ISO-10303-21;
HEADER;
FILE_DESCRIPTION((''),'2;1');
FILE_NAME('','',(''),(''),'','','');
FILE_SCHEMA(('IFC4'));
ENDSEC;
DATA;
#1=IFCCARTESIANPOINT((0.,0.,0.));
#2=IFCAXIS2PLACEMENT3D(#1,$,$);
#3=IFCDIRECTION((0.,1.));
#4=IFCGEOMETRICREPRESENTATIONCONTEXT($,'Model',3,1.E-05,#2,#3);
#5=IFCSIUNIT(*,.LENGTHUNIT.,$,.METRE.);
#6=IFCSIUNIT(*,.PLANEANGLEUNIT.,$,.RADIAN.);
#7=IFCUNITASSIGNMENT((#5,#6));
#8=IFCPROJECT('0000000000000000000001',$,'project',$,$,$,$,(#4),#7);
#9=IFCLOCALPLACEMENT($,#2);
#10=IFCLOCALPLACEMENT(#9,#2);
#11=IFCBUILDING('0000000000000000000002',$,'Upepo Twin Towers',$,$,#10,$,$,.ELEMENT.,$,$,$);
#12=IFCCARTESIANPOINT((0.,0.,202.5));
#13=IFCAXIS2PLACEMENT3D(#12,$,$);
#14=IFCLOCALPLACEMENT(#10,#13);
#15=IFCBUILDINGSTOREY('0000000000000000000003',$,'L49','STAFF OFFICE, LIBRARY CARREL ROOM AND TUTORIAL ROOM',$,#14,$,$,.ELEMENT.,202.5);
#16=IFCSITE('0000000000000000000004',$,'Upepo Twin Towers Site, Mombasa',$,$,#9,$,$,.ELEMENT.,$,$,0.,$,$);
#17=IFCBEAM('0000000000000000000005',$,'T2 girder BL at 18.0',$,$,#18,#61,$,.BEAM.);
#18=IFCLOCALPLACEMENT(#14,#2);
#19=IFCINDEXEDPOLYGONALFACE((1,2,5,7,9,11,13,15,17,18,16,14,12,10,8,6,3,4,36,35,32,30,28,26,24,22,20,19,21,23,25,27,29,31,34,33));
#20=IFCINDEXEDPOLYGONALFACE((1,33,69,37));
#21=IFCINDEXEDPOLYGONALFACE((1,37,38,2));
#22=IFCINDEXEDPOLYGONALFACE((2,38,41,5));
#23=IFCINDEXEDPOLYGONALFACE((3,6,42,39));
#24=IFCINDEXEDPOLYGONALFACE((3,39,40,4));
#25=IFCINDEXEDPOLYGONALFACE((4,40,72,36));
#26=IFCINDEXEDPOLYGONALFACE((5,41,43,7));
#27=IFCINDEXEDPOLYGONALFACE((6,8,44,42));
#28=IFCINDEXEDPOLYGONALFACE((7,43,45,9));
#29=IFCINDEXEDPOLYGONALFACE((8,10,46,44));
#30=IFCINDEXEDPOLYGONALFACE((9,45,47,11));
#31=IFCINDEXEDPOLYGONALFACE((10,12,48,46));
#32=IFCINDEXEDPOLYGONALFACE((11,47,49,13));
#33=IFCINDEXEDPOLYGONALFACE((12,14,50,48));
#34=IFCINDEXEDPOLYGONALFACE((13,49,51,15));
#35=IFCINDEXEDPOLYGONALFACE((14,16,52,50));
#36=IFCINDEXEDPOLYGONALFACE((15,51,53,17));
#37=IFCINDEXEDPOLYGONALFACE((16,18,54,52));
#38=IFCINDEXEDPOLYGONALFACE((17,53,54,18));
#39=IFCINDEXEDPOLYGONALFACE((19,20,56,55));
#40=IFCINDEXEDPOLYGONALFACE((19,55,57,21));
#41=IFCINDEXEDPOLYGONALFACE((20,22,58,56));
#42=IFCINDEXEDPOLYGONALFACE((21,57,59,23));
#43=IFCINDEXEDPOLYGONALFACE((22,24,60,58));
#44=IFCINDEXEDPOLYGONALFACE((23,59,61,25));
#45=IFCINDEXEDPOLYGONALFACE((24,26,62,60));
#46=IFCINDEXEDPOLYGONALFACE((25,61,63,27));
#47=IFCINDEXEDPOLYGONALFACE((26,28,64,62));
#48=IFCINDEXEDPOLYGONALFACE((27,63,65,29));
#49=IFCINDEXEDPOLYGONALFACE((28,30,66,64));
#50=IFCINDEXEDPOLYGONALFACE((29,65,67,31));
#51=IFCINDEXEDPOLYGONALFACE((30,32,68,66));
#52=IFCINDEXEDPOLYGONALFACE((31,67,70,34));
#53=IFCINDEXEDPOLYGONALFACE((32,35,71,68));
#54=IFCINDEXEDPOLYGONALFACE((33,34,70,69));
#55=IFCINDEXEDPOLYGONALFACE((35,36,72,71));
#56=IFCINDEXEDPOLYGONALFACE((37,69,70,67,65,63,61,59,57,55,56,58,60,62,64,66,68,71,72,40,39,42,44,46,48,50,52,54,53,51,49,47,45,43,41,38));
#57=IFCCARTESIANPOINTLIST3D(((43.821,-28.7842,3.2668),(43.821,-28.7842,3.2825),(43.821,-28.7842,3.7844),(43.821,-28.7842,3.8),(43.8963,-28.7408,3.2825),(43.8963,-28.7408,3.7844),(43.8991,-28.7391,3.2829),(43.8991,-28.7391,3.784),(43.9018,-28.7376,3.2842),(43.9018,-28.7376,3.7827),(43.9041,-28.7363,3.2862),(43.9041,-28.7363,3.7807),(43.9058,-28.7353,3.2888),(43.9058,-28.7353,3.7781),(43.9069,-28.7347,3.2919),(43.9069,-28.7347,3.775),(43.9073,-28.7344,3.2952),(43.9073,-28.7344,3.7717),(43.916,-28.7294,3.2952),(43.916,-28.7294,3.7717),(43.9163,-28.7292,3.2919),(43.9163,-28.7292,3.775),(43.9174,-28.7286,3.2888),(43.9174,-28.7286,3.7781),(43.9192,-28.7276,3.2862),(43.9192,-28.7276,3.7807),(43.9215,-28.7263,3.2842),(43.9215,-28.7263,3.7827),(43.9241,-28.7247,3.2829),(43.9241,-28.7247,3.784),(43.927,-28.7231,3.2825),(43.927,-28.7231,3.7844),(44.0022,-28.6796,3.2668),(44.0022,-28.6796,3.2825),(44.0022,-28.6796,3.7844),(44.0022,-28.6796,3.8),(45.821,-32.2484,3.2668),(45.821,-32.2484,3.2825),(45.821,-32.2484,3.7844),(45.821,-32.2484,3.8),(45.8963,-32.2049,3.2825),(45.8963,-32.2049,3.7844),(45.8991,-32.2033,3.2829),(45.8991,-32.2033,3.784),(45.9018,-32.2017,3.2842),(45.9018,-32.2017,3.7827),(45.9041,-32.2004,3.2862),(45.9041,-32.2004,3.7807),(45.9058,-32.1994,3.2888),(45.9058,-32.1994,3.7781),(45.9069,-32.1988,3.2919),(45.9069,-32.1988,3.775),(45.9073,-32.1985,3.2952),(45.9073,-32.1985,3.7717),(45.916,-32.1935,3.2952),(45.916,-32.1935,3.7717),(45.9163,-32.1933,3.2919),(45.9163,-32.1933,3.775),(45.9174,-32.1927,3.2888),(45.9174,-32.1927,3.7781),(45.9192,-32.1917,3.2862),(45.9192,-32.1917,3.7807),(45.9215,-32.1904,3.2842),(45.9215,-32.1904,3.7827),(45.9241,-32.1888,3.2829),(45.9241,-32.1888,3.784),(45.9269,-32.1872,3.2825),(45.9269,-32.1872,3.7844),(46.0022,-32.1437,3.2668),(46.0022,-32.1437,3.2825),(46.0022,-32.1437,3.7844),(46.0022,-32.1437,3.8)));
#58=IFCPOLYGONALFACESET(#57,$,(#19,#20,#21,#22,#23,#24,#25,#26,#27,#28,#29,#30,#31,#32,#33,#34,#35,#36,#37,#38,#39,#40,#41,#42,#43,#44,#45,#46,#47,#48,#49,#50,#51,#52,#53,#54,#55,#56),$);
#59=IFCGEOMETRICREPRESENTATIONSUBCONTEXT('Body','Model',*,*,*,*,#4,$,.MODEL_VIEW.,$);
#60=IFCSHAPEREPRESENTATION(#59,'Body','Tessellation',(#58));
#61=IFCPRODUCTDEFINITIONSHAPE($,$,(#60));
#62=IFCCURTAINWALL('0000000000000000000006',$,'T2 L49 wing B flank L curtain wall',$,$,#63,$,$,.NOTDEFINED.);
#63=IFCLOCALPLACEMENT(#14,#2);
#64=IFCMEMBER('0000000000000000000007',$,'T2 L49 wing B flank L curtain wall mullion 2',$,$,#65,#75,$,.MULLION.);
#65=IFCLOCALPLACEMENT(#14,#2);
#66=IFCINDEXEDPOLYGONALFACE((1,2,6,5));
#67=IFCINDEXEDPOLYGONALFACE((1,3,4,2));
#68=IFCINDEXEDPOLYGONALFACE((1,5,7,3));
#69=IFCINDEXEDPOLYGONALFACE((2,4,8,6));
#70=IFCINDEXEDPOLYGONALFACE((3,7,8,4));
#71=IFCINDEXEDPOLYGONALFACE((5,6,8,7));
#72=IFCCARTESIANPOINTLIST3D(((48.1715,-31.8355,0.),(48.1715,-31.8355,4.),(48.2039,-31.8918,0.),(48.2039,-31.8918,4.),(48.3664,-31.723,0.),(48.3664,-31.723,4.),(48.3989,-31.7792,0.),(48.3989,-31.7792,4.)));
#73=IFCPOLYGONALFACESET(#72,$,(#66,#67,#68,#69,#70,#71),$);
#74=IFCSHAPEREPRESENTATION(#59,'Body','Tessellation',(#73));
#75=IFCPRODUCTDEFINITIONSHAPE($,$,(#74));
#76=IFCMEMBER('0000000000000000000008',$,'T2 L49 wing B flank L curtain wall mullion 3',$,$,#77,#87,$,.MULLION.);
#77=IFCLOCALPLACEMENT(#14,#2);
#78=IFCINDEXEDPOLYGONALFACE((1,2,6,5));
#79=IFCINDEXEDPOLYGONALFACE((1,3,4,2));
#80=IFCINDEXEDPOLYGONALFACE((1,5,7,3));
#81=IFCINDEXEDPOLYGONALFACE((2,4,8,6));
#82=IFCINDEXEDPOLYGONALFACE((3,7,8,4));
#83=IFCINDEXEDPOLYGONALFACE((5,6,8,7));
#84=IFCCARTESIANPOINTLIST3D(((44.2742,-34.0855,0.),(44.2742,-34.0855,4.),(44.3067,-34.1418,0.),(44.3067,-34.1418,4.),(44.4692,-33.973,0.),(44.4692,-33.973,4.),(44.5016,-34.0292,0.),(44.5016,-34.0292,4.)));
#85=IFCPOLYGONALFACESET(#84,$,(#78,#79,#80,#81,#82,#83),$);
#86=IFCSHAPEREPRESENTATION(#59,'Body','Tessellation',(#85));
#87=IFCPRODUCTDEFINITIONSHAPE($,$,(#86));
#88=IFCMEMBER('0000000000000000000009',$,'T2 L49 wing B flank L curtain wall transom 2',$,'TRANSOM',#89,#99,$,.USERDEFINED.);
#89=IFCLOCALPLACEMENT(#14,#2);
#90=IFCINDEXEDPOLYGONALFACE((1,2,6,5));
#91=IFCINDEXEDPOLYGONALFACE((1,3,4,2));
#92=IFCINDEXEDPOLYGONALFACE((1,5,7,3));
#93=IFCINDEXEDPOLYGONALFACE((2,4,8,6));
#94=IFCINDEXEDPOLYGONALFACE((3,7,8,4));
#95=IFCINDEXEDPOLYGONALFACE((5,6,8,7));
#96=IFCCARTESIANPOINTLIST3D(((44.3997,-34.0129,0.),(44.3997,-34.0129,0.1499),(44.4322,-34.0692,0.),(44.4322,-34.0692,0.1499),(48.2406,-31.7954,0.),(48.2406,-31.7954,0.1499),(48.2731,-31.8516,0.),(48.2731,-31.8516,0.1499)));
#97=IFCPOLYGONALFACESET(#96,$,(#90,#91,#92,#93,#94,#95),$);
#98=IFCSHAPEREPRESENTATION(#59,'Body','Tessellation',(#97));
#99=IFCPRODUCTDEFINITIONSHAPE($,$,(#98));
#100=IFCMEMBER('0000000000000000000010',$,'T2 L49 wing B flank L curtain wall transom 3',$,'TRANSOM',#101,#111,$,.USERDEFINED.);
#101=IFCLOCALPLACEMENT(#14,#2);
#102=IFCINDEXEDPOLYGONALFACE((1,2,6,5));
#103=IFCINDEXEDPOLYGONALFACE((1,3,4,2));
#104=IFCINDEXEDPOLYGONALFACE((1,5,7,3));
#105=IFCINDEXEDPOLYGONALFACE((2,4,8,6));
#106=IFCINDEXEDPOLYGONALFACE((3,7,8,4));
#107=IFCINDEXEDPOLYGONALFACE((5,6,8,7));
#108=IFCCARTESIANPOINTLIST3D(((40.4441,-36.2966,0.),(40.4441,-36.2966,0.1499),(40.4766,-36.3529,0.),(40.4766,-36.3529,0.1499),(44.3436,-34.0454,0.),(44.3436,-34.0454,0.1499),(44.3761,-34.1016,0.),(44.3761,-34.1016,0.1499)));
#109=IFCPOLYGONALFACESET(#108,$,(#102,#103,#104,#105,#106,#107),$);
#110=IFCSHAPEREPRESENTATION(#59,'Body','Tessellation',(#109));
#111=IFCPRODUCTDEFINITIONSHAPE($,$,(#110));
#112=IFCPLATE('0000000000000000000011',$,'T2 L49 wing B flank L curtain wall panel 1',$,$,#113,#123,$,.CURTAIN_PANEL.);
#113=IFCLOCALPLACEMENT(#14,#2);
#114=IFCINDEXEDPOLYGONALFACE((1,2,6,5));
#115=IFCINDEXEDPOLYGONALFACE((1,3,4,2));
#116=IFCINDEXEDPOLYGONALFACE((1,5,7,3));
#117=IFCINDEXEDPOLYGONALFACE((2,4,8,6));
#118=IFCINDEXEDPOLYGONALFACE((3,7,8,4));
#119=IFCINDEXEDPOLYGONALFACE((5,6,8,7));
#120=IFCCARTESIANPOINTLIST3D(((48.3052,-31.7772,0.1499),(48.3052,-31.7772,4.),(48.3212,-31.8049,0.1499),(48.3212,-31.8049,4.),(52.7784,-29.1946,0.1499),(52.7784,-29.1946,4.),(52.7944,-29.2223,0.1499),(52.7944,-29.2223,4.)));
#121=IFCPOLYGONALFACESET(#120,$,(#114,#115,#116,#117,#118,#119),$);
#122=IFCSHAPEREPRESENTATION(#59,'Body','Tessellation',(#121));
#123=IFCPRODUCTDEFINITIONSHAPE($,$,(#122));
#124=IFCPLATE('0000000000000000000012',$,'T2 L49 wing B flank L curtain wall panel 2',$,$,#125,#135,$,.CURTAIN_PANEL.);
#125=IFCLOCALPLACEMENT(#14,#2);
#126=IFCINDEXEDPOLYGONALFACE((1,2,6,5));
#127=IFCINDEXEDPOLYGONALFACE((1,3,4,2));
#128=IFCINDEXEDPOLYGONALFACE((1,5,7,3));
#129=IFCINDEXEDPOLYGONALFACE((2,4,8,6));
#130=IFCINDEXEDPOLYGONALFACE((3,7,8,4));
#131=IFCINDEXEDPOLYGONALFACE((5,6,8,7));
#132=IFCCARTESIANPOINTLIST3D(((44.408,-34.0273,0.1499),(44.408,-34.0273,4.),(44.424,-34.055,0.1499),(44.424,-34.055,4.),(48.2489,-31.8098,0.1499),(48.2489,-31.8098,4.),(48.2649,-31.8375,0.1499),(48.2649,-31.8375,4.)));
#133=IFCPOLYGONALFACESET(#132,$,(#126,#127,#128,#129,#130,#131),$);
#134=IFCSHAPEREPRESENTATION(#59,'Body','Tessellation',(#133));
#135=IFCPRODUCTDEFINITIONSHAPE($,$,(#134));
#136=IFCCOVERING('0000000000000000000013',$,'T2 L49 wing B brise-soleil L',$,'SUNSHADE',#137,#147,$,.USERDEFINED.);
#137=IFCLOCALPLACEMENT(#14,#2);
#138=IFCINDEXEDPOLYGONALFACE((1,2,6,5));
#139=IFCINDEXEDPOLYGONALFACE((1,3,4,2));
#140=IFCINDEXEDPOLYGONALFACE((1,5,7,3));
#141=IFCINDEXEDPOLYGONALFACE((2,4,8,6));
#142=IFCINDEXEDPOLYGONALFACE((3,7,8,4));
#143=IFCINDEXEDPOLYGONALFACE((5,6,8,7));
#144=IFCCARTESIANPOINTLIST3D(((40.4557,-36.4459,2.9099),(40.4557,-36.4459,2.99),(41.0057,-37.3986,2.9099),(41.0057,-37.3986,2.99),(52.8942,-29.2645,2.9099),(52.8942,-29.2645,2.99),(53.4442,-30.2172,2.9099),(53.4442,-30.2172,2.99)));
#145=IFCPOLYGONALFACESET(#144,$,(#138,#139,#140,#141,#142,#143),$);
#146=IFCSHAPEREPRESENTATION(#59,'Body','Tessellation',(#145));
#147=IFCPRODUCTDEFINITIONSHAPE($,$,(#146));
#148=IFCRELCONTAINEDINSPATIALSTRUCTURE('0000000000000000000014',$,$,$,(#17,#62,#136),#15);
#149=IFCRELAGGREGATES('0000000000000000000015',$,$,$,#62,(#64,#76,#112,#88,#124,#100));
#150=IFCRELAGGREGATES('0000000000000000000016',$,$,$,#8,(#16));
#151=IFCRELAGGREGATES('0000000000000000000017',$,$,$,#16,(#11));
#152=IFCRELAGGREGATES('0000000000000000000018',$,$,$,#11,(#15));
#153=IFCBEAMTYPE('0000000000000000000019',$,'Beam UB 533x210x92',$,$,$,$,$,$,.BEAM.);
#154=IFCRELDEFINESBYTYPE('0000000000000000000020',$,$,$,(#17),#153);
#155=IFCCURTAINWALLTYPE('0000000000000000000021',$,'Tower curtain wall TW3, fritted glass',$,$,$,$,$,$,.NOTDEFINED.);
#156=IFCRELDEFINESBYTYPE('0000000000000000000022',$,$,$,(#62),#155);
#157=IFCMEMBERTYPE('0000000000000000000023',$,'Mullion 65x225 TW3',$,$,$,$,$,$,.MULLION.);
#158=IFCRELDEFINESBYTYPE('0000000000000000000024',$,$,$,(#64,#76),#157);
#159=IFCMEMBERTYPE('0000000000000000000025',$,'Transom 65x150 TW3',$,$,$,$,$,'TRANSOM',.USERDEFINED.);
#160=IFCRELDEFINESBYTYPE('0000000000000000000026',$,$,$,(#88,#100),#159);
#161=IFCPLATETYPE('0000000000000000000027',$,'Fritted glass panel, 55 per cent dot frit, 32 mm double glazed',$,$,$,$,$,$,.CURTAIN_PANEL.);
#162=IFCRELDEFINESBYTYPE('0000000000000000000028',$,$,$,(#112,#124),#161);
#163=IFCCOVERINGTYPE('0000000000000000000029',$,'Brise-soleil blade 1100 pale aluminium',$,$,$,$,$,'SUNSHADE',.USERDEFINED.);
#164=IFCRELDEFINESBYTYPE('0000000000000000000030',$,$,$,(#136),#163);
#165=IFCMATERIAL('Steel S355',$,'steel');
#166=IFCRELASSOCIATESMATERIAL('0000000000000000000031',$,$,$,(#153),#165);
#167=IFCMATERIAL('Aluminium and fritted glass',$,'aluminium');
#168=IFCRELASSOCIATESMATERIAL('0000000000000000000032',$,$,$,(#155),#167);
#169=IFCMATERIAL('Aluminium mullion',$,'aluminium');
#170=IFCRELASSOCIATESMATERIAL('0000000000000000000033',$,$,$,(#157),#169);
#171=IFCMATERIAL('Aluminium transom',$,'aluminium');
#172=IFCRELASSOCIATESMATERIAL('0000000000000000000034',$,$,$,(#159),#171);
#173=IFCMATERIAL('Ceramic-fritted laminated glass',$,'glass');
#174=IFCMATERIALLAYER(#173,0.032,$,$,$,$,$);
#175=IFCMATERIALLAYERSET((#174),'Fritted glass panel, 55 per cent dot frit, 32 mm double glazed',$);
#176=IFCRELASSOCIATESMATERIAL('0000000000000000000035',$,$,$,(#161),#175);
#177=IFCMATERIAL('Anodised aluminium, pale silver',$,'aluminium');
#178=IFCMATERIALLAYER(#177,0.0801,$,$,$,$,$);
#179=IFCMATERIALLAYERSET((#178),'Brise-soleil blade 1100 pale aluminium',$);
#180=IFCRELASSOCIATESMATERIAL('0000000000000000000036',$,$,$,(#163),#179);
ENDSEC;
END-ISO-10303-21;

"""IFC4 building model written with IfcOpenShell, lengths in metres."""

from ifc_helpers import new_model, si_unit, direction, frame, origin, origin_2d, place, context, subcontext, project, spatial, rectangle, i_section, extrude, material, layer, layer_set, material_profile, profile_set, type_object, element, aggregate, save


model = new_model("IFC4")

# Units and contexts
model_context = context("Model", 3, precision=1e-05, world=origin(), true_north=direction((0.0, 1.0)))
body_context = subcontext(model_context, "Body", "Model", "MODEL_VIEW")
ifc_project = project(units=[si_unit("LENGTHUNIT", "METRE"), si_unit("PLANEANGLEUNIT", "RADIAN")], contexts=[model_context])

# Site, building, storey
site_placement = place(None, origin())
site = spatial("IfcSite", under=ifc_project, at=site_placement, Name="Upepo Twin Towers Site, Mombasa", CompositionType="ELEMENT", RefElevation=0.0)
building_placement = place(site_placement, origin())
building = spatial("IfcBuilding", under=site, at=building_placement, Name="Upepo Twin Towers", CompositionType="ELEMENT")
storey_placement = place(building_placement, frame((0.0, 0.0, 202.5)))
storey = spatial("IfcBuildingStorey", under=building, at=storey_placement, Name="L49", Description="STAFF OFFICE, LIBRARY CARREL ROOM AND TUTORIAL ROOM", CompositionType="ELEMENT", Elevation=202.5)

# Beam
ifc_material_1 = material(Name="Steel S355", Category="steel")
ifc_material_profile_1 = material_profile(ifc_material_1, i_section(OverallWidth=0.2092, OverallDepth=0.5332, WebThickness=0.01, FlangeThickness=0.0156, FilletRadius=0.0127, at=origin_2d()), Name="UB 533x210x92")
ifc_profile_set_1 = profile_set([ifc_material_profile_1], Name="Steel S355")
beam_type_1 = type_object("IfcBeamType", Name="Beam UB 533x210x92", PredefinedType="BEAM", material=ifc_profile_set_1)
for number, where, z_axis, x_axis, name in (
    (1, (45.9116, -32.196, 3.5334), (-0.499999, 0.866026, 0.0), (-0.866026, -0.499999, 0.0), "T2 girder BL at 18.0"),
):
    element("IfcBeam", number, at=place(storey_placement, frame(where, z_axis=z_axis, x_axis=x_axis)), inside=storey, type_object=beam_type_1, Name=name, PredefinedType="BEAM", context=body_context, shape_type="SweptSolid", body=[
        extrude(i_section(OverallWidth=0.2092, OverallDepth=0.5332, WebThickness=0.01, FlangeThickness=0.0156, FilletRadius=0.0127, at=origin_2d()), origin(), (0.0, 0.0, 1.0), 4.0),
    ])

# Curtain wall, members, plates
ifc_material_2 = material(Name="Aluminium and fritted glass", Category="aluminium")
curtain_wall_type = type_object("IfcCurtainWallType", Name="Tower curtain wall TW3, fritted glass", PredefinedType="NOTDEFINED", material=ifc_material_2)
curtain_wall_placement = place(storey_placement, origin())
curtain_wall = element("IfcCurtainWall", 2, at=curtain_wall_placement, inside=storey, type_object=curtain_wall_type, Name="T2 L49 wing B flank L curtain wall", PredefinedType="NOTDEFINED")
ifc_material_3 = material(Name="Aluminium mullion", Category="aluminium")
ifc_material_profile_2 = material_profile(ifc_material_3, rectangle(XDim=0.0649, YDim=0.2251, at=origin_2d()), Name="MULLION 65x225")
ifc_profile_set_2 = profile_set([ifc_material_profile_2], Name="Aluminium mullion")
member_type_1 = type_object("IfcMemberType", Name="Mullion 65x225 TW3", PredefinedType="MULLION", material=ifc_profile_set_2)
member_1_placement = place(storey_placement, frame((48.2852, -31.8074, 0.0), z_axis=(0.0, 0.0, 1.0), x_axis=(0.5, -0.866025, 0.0)))
member_1 = element("IfcMember", 3, at=member_1_placement, type_object=member_type_1, Name="T2 L49 wing B flank L curtain wall mullion 2", PredefinedType="MULLION", context=body_context, shape_type="SweptSolid", body=[
    extrude(rectangle(XDim=0.0649, YDim=0.2251, at=origin_2d()), origin(), (0.0, 0.0, 1.0), 4.0),
])
member_2_placement = place(storey_placement, frame((44.3879, -34.0574, 0.0), z_axis=(0.0, 0.0, 1.0), x_axis=(0.5, -0.866025, 0.0)))
member_2 = element("IfcMember", 4, at=member_2_placement, type_object=member_type_1, Name="T2 L49 wing B flank L curtain wall mullion 3", PredefinedType="MULLION", context=body_context, shape_type="SweptSolid", body=[
    extrude(rectangle(XDim=0.0649, YDim=0.2251, at=origin_2d()), origin(), (0.0, 0.0, 1.0), 4.0),
])
ifc_material_4 = material(Name="Aluminium transom", Category="aluminium")
ifc_material_profile_3 = material_profile(ifc_material_4, rectangle(XDim=0.0649, YDim=0.1499, at=origin_2d()), Name="TRANSOM 65x150")
ifc_profile_set_3 = profile_set([ifc_material_profile_3], Name="Aluminium transom")
member_type_2 = type_object("IfcMemberType", Name="Transom 65x150 TW3", ElementType="TRANSOM", PredefinedType="USERDEFINED", material=ifc_profile_set_3)
member_3_placement = place(storey_placement, frame((48.2568, -31.8235, 0.075), z_axis=(-0.866022, -0.500005, 0.0), x_axis=(0.500005, -0.866022, 0.0)))
member_3 = element("IfcMember", 5, at=member_3_placement, type_object=member_type_2, Name="T2 L49 wing B flank L curtain wall transom 2", ObjectType="TRANSOM", PredefinedType="USERDEFINED", context=body_context, shape_type="SweptSolid", body=[
    extrude(rectangle(XDim=0.0649, YDim=0.1499, at=origin_2d()), origin(), (0.0, 0.0, 1.0), 4.4351),
])
member_4_placement = place(storey_placement, frame((44.3599, -34.0735, 0.075), z_axis=(-0.866036, -0.499982, 0.0), x_axis=(0.499982, -0.866036, 0.0)))
member_4 = element("IfcMember", 6, at=member_4_placement, type_object=member_type_2, Name="T2 L49 wing B flank L curtain wall transom 3", ObjectType="TRANSOM", PredefinedType="USERDEFINED", context=body_context, shape_type="SweptSolid", body=[
    extrude(rectangle(XDim=0.0649, YDim=0.1499, at=origin_2d()), origin(), (0.0, 0.0, 1.0), 4.5027),
])
ifc_material_5 = material(Name="Ceramic-fritted laminated glass", Category="glass")
ifc_layer_1 = layer(ifc_material_5, 0.032)
ifc_layer_set_1 = layer_set([ifc_layer_1], Name="Fritted glass panel, 55 per cent dot frit, 32 mm double glazed")
plate_type = type_object("IfcPlateType", Name="Fritted glass panel, 55 per cent dot frit, 32 mm double glazed", PredefinedType="CURTAIN_PANEL", material=ifc_layer_set_1)
plate_1_placement = place(storey_placement, frame((50.5498, -30.4998, 0.1499), z_axis=(0.0, 0.0, 1.0), x_axis=(-0.866025, -0.5, 0.0)))
plate_1 = element("IfcPlate", 7, at=plate_1_placement, type_object=plate_type, Name="T2 L49 wing B flank L curtain wall panel 1", PredefinedType="CURTAIN_PANEL", context=body_context, shape_type="SweptSolid", body=[
    extrude(rectangle(XDim=5.1653, YDim=0.032, at=origin_2d()), origin(), (0.0, 0.0, 1.0), 3.8501),
])
plate_2_placement = place(storey_placement, frame((46.3364, -32.9324, 0.1499), z_axis=(0.0, 0.0, 1.0), x_axis=(-0.866025, -0.5, 0.0)))
plate_2 = element("IfcPlate", 8, at=plate_2_placement, type_object=plate_type, Name="T2 L49 wing B flank L curtain wall panel 2", PredefinedType="CURTAIN_PANEL", context=body_context, shape_type="SweptSolid", body=[
    extrude(rectangle(XDim=4.4351, YDim=0.032, at=origin_2d()), origin(), (0.0, 0.0, 1.0), 3.8501),
])
aggregate(curtain_wall, [member_1, member_2, plate_1, member_3, plate_2, member_4])

# Covering
ifc_material_6 = material(Name="Anodised aluminium, pale silver", Category="aluminium")
ifc_layer_2 = layer(ifc_material_6, 0.0801)
ifc_layer_set_2 = layer_set([ifc_layer_2], Name="Brise-soleil blade 1100 pale aluminium")
covering_type = type_object("IfcCoveringType", Name="Brise-soleil blade 1100 pale aluminium", ElementType="SUNSHADE", PredefinedType="USERDEFINED", material=ifc_layer_set_2)
covering_placement = place(storey_placement, frame((46.95, -33.3315, 2.9099), z_axis=(0.0, 0.0, 1.0), x_axis=(-0.866025, -0.5, 0.0)))
element("IfcCovering", 9, at=covering_placement, inside=storey, type_object=covering_type, Name="T2 L49 wing B brise-soleil L", ObjectType="SUNSHADE", PredefinedType="USERDEFINED", context=body_context, shape_type="SweptSolid", body=[
    extrude(rectangle(XDim=14.3628, YDim=1.1001, at=origin_2d()), origin(), (0.0, 0.0, 1.0), 0.0801),
])

save(model, "model.ifc")
